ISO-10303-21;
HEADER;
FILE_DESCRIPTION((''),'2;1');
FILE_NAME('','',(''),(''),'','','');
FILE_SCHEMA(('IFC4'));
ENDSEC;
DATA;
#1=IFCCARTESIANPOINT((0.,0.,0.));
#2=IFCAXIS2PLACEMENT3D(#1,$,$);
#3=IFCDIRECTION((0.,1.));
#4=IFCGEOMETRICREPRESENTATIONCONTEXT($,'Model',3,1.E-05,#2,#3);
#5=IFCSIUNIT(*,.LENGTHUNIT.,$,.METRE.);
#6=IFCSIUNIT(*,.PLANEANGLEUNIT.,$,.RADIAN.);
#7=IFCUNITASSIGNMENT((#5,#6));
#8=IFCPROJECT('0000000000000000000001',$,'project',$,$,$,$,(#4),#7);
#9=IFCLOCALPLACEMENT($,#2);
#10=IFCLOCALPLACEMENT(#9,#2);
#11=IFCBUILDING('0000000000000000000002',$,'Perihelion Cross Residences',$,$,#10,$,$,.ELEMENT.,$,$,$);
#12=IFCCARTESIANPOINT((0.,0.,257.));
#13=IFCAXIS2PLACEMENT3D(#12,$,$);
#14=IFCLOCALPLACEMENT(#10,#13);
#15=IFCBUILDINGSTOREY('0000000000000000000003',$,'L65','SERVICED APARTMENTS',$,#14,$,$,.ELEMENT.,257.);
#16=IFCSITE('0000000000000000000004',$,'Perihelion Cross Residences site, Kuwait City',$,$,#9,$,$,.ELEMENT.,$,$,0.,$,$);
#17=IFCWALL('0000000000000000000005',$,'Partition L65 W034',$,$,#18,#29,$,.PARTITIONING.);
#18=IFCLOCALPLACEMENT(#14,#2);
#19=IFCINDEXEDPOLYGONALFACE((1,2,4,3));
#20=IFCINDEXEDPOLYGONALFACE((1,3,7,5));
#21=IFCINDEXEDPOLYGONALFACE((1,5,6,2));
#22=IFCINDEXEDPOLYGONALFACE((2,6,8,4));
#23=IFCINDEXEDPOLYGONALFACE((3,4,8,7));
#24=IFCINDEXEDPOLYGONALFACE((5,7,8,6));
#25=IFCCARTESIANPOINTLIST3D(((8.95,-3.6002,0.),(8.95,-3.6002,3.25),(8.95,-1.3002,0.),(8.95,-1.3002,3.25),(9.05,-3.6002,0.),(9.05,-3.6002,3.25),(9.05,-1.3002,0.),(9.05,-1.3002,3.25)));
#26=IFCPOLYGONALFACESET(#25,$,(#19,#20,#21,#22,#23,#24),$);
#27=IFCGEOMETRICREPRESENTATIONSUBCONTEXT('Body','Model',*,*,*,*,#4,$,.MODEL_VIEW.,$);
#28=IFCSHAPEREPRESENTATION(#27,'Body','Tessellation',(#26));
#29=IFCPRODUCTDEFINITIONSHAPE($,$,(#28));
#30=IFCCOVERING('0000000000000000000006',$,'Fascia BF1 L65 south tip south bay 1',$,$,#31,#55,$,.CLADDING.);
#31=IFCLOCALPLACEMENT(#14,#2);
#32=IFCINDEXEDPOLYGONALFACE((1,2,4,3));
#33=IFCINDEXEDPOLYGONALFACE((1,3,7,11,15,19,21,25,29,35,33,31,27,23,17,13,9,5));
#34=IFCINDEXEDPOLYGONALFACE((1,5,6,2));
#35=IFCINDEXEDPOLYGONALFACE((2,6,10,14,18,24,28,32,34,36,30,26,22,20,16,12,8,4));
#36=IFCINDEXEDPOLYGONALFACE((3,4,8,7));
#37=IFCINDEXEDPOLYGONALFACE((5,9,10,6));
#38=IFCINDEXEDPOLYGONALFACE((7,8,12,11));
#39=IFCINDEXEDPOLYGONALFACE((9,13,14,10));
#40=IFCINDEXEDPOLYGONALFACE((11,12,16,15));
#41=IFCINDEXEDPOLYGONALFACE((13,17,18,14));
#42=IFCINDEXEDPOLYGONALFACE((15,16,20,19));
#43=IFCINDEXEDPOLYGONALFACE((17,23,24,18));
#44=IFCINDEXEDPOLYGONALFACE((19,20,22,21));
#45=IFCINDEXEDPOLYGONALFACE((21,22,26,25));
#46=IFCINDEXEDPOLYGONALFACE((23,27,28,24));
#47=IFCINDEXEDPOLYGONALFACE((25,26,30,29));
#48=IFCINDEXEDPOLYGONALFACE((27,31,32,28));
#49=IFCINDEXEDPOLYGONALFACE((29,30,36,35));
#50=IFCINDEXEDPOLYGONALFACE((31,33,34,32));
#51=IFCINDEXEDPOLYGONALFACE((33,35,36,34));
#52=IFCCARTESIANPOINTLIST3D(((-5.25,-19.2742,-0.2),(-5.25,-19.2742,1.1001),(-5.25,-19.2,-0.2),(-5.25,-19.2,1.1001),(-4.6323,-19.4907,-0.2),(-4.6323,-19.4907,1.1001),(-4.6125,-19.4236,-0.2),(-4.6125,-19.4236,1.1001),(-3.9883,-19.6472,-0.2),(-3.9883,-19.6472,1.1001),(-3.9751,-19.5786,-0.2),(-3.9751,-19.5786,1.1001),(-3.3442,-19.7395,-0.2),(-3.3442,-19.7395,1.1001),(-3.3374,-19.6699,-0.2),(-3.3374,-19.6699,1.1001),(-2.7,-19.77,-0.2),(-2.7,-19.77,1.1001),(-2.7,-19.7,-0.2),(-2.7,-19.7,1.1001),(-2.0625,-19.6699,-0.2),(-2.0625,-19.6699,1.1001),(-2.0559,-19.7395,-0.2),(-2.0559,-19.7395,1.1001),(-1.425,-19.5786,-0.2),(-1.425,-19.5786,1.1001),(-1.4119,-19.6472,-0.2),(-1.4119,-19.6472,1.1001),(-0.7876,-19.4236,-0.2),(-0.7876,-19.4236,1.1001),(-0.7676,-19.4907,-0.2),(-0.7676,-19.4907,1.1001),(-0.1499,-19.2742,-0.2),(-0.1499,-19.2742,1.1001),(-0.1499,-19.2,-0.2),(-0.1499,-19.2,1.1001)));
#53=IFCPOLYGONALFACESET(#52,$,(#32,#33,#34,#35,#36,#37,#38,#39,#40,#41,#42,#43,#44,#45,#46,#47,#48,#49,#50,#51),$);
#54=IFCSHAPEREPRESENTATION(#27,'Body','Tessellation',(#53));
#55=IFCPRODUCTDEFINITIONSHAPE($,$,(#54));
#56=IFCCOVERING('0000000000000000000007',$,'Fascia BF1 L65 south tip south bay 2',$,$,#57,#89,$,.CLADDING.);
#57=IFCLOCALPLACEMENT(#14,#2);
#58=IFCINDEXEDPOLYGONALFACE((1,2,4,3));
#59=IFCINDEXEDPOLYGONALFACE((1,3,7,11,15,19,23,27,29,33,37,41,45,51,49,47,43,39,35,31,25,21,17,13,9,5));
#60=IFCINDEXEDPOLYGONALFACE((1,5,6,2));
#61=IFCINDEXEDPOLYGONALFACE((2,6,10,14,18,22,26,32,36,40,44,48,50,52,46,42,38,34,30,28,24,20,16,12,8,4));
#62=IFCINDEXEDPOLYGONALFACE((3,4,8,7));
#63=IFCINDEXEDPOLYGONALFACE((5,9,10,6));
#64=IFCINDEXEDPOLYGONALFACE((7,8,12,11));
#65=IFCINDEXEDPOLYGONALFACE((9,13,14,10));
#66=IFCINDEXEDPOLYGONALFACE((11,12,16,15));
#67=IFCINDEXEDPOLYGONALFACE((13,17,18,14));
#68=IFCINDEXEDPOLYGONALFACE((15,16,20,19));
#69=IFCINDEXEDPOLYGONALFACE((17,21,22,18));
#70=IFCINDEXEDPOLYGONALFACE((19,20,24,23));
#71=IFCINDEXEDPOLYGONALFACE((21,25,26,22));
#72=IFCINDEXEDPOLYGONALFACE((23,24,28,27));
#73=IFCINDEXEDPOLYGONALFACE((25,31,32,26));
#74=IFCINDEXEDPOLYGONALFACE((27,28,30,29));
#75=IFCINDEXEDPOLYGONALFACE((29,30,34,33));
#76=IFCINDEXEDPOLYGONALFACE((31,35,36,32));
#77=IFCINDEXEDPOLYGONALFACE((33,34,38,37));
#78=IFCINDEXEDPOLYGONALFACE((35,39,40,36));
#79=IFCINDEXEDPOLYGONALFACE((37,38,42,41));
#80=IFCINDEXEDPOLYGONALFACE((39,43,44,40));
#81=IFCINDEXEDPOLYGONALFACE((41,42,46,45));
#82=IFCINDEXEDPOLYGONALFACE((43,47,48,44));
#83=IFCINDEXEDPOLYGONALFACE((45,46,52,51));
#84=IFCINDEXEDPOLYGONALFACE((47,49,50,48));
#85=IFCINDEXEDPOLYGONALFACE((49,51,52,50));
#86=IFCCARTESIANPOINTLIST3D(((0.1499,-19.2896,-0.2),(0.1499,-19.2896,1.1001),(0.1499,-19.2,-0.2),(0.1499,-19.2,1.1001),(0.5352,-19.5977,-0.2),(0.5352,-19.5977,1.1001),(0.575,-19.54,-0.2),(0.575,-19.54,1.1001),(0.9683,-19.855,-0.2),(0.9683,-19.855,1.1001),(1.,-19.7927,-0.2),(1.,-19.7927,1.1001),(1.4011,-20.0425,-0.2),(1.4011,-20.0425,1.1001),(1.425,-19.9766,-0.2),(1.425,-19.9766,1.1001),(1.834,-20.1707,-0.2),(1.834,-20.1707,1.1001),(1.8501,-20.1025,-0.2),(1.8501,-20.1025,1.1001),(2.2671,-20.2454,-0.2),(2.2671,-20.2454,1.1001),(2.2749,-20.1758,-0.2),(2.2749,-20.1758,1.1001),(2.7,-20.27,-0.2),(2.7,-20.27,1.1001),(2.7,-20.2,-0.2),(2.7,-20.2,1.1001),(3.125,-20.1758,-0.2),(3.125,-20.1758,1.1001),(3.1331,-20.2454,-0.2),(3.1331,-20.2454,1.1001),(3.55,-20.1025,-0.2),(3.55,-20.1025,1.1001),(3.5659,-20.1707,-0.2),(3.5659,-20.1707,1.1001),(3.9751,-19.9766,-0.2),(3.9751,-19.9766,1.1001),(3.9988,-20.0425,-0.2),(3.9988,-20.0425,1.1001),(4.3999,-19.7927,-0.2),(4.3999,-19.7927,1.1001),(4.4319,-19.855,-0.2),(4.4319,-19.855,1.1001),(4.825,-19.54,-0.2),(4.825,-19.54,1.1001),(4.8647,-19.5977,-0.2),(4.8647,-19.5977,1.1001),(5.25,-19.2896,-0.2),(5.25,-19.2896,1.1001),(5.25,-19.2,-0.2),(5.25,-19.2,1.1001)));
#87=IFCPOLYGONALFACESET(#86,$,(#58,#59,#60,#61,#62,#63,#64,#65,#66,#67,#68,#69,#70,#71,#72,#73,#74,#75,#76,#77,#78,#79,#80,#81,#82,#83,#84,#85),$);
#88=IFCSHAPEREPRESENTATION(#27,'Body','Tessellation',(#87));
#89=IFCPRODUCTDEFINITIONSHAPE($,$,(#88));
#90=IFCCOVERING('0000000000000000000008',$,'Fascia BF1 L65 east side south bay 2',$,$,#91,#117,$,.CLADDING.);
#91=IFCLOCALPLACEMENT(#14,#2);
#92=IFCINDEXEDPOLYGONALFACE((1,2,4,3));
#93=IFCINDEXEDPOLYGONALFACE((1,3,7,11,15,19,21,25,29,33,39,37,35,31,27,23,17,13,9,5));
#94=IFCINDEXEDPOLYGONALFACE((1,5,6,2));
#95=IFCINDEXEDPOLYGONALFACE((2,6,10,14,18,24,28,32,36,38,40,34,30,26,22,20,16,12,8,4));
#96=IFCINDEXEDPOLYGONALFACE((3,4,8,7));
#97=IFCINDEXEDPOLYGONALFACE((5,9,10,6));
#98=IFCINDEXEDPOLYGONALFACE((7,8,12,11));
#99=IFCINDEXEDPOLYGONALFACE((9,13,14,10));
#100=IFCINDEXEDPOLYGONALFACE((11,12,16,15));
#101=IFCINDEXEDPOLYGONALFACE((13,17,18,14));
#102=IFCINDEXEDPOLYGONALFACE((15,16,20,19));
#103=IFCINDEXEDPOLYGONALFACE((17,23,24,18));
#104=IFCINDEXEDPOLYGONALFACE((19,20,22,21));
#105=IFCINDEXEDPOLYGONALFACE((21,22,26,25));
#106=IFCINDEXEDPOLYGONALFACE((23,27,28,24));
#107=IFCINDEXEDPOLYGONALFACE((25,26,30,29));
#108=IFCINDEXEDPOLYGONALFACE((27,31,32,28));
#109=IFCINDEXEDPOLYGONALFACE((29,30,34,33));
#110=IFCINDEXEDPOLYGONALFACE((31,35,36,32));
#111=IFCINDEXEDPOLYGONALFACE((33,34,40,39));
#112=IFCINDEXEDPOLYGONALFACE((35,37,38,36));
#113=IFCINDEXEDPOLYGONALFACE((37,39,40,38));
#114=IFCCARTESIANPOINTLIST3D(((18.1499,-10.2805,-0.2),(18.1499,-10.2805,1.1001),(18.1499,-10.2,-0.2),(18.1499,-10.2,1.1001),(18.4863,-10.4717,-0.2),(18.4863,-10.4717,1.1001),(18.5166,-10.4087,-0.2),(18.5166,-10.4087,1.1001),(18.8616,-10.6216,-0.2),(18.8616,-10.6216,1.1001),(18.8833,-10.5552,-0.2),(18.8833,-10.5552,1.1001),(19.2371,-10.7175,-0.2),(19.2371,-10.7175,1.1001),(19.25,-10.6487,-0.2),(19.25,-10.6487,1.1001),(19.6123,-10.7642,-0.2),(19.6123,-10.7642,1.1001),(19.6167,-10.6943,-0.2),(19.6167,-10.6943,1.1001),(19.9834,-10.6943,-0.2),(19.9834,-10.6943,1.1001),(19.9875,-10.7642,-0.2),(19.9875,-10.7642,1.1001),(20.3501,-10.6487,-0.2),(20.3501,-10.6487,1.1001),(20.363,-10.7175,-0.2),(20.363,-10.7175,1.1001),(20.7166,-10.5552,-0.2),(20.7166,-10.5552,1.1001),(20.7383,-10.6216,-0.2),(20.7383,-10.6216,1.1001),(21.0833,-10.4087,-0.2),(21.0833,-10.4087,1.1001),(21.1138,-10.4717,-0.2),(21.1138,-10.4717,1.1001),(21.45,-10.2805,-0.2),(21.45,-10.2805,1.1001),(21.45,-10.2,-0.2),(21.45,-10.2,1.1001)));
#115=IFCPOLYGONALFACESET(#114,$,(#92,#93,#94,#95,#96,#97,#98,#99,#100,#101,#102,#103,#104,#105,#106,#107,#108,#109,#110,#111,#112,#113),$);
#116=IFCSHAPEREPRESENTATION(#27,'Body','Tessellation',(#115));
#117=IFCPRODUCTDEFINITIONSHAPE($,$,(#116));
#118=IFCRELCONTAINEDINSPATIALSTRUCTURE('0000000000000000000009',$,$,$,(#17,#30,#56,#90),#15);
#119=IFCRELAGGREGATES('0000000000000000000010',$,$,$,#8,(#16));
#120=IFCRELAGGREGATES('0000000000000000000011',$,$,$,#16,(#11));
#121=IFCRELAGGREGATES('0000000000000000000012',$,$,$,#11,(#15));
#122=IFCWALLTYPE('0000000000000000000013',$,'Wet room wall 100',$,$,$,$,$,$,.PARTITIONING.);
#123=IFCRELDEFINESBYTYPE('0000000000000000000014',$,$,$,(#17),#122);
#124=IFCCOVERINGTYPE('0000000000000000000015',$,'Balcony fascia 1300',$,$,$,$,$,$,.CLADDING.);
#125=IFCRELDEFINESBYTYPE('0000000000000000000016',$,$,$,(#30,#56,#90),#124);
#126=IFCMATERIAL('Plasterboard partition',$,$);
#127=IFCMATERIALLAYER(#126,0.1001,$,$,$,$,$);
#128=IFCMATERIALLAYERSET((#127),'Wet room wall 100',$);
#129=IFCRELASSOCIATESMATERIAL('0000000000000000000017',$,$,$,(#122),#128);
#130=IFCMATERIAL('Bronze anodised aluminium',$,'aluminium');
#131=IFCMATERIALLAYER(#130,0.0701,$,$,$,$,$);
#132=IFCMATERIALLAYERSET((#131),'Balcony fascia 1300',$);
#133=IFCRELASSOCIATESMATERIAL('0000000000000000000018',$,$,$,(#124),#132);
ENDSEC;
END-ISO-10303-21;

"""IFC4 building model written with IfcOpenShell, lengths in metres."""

from ifc_helpers import new_model, si_unit, direction, frame, frame_2d, origin, place, context, subcontext, project, spatial, polyline, rectangle, outline, extrude, material, layer, layer_set, type_object, element, save


model = new_model("IFC4")

# Units and contexts
model_context = context("Model", 3, precision=1e-05, world=origin(), true_north=direction((0.0, 1.0)))
body_context = subcontext(model_context, "Body", "Model", "MODEL_VIEW")
ifc_project = project(units=[si_unit("LENGTHUNIT", "METRE"), si_unit("PLANEANGLEUNIT", "RADIAN")], contexts=[model_context])

# Site, building, storey
site_placement = place(None, origin())
site = spatial("IfcSite", under=ifc_project, at=site_placement, Name="Perihelion Cross Residences site, Kuwait City", CompositionType="ELEMENT", RefElevation=0.0)
building_placement = place(site_placement, origin())
building = spatial("IfcBuilding", under=site, at=building_placement, Name="Perihelion Cross Residences", CompositionType="ELEMENT")
storey_placement = place(building_placement, frame((0.0, 0.0, 257.0)))
storey = spatial("IfcBuildingStorey", under=building, at=storey_placement, Name="L65", Description="SERVICED APARTMENTS", CompositionType="ELEMENT", Elevation=257.0)

# Wall
ifc_material_1 = material(Name="Plasterboard partition")
ifc_layer_1 = layer(ifc_material_1, 0.1001)
ifc_layer_set_1 = layer_set([ifc_layer_1], Name="Wet room wall 100")
wall_type_1 = type_object("IfcWallType", Name="Wet room wall 100", PredefinedType="PARTITIONING", material=ifc_layer_set_1)
wall_1_placement = place(storey_placement, frame((9.0, -3.6001, 0.0), z_axis=(0.0, 0.0, 1.0), x_axis=(0.0, 1.0, 0.0)))
element("IfcWall", 1, at=wall_1_placement, inside=storey, type_object=wall_type_1, Name="Partition L65 W034", PredefinedType="PARTITIONING", context=body_context, shape_type="SweptSolid", body=[
    extrude(rectangle(XDim=2.3, YDim=0.1001, at=frame_2d((1.1499, 0.0))), origin(), (0.0, 0.0, 1.0), 3.25),
])

# Coverings
ifc_material_2 = material(Name="Bronze anodised aluminium", Category="aluminium")
ifc_layer_2 = layer(ifc_material_2, 0.0701)
ifc_layer_set_2 = layer_set([ifc_layer_2], Name="Balcony fascia 1300")
covering_type = type_object("IfcCoveringType", Name="Balcony fascia 1300", PredefinedType="CLADDING", material=ifc_layer_set_2)
covering_1_placement = place(storey_placement, frame((0.0, 0.0, -0.2)))
element("IfcCovering", 2, at=covering_1_placement, inside=storey, type_object=covering_type, Name="Fascia BF1 L65 south tip south bay 1", PredefinedType="CLADDING", context=body_context, shape_type="SweptSolid", body=[
    extrude(outline(polyline([(-4.6323, -19.4907), (-3.9883, -19.6472), (-3.3442, -19.7395), (-2.7, -19.77), (-2.0559, -19.7395), (-1.4119, -19.6472), (-0.7676, -19.4907), (-0.1499, -19.2742), (-0.1499, -19.2), (-0.7876, -19.4236), (-1.425, -19.5786), (-2.0625, -19.6699), (-2.7, -19.7), (-3.3374, -19.6699), (-3.9751, -19.5786), (-4.6125, -19.4236), (-5.25, -19.2), (-5.25, -19.2742), (-4.6323, -19.4907)])), origin(), (0.0, 0.0, 1.0), 1.3),
])
covering_2_placement = place(storey_placement, frame((0.0, 0.0, -0.2)))
element("IfcCovering", 3, at=covering_2_placement, inside=storey, type_object=covering_type, Name="Fascia BF1 L65 south tip south bay 2", PredefinedType="CLADDING", context=body_context, shape_type="SweptSolid", body=[
    extrude(outline(polyline([(0.5352, -19.5977), (0.9683, -19.855), (1.4011, -20.0425), (1.834, -20.1707), (2.2671, -20.2454), (2.7, -20.27), (3.1331, -20.2454), (3.5659, -20.1707), (3.9988, -20.0425), (4.4319, -19.855), (4.8647, -19.5977), (5.25, -19.2896), (5.25, -19.2), (4.825, -19.54), (4.3999, -19.7927), (3.9751, -19.9766), (3.55, -20.1025), (3.125, -20.1758), (2.7, -20.2), (2.2749, -20.1758), (1.8501, -20.1025), (1.425, -19.9766), (1.0, -19.7927), (0.575, -19.54), (0.1499, -19.2), (0.1499, -19.2896), (0.5352, -19.5977)])), origin(), (0.0, 0.0, 1.0), 1.3),
])
covering_3_placement = place(storey_placement, frame((0.0, 0.0, -0.2)))
element("IfcCovering", 4, at=covering_3_placement, inside=storey, type_object=covering_type, Name="Fascia BF1 L65 east side south bay 2", PredefinedType="CLADDING", context=body_context, shape_type="SweptSolid", body=[
    extrude(outline(polyline([(18.4863, -10.4717), (18.8616, -10.6216), (19.2371, -10.7175), (19.6123, -10.7642), (19.9875, -10.7642), (20.363, -10.7175), (20.7383, -10.6216), (21.1138, -10.4717), (21.45, -10.2805), (21.45, -10.2), (21.0833, -10.4087), (20.7166, -10.5552), (20.3501, -10.6487), (19.9834, -10.6943), (19.6167, -10.6943), (19.25, -10.6487), (18.8833, -10.5552), (18.5166, -10.4087), (18.1499, -10.2), (18.1499, -10.2805), (18.4863, -10.4717)])), origin(), (0.0, 0.0, 1.0), 1.3),
])

save(model, "model.ifc")
